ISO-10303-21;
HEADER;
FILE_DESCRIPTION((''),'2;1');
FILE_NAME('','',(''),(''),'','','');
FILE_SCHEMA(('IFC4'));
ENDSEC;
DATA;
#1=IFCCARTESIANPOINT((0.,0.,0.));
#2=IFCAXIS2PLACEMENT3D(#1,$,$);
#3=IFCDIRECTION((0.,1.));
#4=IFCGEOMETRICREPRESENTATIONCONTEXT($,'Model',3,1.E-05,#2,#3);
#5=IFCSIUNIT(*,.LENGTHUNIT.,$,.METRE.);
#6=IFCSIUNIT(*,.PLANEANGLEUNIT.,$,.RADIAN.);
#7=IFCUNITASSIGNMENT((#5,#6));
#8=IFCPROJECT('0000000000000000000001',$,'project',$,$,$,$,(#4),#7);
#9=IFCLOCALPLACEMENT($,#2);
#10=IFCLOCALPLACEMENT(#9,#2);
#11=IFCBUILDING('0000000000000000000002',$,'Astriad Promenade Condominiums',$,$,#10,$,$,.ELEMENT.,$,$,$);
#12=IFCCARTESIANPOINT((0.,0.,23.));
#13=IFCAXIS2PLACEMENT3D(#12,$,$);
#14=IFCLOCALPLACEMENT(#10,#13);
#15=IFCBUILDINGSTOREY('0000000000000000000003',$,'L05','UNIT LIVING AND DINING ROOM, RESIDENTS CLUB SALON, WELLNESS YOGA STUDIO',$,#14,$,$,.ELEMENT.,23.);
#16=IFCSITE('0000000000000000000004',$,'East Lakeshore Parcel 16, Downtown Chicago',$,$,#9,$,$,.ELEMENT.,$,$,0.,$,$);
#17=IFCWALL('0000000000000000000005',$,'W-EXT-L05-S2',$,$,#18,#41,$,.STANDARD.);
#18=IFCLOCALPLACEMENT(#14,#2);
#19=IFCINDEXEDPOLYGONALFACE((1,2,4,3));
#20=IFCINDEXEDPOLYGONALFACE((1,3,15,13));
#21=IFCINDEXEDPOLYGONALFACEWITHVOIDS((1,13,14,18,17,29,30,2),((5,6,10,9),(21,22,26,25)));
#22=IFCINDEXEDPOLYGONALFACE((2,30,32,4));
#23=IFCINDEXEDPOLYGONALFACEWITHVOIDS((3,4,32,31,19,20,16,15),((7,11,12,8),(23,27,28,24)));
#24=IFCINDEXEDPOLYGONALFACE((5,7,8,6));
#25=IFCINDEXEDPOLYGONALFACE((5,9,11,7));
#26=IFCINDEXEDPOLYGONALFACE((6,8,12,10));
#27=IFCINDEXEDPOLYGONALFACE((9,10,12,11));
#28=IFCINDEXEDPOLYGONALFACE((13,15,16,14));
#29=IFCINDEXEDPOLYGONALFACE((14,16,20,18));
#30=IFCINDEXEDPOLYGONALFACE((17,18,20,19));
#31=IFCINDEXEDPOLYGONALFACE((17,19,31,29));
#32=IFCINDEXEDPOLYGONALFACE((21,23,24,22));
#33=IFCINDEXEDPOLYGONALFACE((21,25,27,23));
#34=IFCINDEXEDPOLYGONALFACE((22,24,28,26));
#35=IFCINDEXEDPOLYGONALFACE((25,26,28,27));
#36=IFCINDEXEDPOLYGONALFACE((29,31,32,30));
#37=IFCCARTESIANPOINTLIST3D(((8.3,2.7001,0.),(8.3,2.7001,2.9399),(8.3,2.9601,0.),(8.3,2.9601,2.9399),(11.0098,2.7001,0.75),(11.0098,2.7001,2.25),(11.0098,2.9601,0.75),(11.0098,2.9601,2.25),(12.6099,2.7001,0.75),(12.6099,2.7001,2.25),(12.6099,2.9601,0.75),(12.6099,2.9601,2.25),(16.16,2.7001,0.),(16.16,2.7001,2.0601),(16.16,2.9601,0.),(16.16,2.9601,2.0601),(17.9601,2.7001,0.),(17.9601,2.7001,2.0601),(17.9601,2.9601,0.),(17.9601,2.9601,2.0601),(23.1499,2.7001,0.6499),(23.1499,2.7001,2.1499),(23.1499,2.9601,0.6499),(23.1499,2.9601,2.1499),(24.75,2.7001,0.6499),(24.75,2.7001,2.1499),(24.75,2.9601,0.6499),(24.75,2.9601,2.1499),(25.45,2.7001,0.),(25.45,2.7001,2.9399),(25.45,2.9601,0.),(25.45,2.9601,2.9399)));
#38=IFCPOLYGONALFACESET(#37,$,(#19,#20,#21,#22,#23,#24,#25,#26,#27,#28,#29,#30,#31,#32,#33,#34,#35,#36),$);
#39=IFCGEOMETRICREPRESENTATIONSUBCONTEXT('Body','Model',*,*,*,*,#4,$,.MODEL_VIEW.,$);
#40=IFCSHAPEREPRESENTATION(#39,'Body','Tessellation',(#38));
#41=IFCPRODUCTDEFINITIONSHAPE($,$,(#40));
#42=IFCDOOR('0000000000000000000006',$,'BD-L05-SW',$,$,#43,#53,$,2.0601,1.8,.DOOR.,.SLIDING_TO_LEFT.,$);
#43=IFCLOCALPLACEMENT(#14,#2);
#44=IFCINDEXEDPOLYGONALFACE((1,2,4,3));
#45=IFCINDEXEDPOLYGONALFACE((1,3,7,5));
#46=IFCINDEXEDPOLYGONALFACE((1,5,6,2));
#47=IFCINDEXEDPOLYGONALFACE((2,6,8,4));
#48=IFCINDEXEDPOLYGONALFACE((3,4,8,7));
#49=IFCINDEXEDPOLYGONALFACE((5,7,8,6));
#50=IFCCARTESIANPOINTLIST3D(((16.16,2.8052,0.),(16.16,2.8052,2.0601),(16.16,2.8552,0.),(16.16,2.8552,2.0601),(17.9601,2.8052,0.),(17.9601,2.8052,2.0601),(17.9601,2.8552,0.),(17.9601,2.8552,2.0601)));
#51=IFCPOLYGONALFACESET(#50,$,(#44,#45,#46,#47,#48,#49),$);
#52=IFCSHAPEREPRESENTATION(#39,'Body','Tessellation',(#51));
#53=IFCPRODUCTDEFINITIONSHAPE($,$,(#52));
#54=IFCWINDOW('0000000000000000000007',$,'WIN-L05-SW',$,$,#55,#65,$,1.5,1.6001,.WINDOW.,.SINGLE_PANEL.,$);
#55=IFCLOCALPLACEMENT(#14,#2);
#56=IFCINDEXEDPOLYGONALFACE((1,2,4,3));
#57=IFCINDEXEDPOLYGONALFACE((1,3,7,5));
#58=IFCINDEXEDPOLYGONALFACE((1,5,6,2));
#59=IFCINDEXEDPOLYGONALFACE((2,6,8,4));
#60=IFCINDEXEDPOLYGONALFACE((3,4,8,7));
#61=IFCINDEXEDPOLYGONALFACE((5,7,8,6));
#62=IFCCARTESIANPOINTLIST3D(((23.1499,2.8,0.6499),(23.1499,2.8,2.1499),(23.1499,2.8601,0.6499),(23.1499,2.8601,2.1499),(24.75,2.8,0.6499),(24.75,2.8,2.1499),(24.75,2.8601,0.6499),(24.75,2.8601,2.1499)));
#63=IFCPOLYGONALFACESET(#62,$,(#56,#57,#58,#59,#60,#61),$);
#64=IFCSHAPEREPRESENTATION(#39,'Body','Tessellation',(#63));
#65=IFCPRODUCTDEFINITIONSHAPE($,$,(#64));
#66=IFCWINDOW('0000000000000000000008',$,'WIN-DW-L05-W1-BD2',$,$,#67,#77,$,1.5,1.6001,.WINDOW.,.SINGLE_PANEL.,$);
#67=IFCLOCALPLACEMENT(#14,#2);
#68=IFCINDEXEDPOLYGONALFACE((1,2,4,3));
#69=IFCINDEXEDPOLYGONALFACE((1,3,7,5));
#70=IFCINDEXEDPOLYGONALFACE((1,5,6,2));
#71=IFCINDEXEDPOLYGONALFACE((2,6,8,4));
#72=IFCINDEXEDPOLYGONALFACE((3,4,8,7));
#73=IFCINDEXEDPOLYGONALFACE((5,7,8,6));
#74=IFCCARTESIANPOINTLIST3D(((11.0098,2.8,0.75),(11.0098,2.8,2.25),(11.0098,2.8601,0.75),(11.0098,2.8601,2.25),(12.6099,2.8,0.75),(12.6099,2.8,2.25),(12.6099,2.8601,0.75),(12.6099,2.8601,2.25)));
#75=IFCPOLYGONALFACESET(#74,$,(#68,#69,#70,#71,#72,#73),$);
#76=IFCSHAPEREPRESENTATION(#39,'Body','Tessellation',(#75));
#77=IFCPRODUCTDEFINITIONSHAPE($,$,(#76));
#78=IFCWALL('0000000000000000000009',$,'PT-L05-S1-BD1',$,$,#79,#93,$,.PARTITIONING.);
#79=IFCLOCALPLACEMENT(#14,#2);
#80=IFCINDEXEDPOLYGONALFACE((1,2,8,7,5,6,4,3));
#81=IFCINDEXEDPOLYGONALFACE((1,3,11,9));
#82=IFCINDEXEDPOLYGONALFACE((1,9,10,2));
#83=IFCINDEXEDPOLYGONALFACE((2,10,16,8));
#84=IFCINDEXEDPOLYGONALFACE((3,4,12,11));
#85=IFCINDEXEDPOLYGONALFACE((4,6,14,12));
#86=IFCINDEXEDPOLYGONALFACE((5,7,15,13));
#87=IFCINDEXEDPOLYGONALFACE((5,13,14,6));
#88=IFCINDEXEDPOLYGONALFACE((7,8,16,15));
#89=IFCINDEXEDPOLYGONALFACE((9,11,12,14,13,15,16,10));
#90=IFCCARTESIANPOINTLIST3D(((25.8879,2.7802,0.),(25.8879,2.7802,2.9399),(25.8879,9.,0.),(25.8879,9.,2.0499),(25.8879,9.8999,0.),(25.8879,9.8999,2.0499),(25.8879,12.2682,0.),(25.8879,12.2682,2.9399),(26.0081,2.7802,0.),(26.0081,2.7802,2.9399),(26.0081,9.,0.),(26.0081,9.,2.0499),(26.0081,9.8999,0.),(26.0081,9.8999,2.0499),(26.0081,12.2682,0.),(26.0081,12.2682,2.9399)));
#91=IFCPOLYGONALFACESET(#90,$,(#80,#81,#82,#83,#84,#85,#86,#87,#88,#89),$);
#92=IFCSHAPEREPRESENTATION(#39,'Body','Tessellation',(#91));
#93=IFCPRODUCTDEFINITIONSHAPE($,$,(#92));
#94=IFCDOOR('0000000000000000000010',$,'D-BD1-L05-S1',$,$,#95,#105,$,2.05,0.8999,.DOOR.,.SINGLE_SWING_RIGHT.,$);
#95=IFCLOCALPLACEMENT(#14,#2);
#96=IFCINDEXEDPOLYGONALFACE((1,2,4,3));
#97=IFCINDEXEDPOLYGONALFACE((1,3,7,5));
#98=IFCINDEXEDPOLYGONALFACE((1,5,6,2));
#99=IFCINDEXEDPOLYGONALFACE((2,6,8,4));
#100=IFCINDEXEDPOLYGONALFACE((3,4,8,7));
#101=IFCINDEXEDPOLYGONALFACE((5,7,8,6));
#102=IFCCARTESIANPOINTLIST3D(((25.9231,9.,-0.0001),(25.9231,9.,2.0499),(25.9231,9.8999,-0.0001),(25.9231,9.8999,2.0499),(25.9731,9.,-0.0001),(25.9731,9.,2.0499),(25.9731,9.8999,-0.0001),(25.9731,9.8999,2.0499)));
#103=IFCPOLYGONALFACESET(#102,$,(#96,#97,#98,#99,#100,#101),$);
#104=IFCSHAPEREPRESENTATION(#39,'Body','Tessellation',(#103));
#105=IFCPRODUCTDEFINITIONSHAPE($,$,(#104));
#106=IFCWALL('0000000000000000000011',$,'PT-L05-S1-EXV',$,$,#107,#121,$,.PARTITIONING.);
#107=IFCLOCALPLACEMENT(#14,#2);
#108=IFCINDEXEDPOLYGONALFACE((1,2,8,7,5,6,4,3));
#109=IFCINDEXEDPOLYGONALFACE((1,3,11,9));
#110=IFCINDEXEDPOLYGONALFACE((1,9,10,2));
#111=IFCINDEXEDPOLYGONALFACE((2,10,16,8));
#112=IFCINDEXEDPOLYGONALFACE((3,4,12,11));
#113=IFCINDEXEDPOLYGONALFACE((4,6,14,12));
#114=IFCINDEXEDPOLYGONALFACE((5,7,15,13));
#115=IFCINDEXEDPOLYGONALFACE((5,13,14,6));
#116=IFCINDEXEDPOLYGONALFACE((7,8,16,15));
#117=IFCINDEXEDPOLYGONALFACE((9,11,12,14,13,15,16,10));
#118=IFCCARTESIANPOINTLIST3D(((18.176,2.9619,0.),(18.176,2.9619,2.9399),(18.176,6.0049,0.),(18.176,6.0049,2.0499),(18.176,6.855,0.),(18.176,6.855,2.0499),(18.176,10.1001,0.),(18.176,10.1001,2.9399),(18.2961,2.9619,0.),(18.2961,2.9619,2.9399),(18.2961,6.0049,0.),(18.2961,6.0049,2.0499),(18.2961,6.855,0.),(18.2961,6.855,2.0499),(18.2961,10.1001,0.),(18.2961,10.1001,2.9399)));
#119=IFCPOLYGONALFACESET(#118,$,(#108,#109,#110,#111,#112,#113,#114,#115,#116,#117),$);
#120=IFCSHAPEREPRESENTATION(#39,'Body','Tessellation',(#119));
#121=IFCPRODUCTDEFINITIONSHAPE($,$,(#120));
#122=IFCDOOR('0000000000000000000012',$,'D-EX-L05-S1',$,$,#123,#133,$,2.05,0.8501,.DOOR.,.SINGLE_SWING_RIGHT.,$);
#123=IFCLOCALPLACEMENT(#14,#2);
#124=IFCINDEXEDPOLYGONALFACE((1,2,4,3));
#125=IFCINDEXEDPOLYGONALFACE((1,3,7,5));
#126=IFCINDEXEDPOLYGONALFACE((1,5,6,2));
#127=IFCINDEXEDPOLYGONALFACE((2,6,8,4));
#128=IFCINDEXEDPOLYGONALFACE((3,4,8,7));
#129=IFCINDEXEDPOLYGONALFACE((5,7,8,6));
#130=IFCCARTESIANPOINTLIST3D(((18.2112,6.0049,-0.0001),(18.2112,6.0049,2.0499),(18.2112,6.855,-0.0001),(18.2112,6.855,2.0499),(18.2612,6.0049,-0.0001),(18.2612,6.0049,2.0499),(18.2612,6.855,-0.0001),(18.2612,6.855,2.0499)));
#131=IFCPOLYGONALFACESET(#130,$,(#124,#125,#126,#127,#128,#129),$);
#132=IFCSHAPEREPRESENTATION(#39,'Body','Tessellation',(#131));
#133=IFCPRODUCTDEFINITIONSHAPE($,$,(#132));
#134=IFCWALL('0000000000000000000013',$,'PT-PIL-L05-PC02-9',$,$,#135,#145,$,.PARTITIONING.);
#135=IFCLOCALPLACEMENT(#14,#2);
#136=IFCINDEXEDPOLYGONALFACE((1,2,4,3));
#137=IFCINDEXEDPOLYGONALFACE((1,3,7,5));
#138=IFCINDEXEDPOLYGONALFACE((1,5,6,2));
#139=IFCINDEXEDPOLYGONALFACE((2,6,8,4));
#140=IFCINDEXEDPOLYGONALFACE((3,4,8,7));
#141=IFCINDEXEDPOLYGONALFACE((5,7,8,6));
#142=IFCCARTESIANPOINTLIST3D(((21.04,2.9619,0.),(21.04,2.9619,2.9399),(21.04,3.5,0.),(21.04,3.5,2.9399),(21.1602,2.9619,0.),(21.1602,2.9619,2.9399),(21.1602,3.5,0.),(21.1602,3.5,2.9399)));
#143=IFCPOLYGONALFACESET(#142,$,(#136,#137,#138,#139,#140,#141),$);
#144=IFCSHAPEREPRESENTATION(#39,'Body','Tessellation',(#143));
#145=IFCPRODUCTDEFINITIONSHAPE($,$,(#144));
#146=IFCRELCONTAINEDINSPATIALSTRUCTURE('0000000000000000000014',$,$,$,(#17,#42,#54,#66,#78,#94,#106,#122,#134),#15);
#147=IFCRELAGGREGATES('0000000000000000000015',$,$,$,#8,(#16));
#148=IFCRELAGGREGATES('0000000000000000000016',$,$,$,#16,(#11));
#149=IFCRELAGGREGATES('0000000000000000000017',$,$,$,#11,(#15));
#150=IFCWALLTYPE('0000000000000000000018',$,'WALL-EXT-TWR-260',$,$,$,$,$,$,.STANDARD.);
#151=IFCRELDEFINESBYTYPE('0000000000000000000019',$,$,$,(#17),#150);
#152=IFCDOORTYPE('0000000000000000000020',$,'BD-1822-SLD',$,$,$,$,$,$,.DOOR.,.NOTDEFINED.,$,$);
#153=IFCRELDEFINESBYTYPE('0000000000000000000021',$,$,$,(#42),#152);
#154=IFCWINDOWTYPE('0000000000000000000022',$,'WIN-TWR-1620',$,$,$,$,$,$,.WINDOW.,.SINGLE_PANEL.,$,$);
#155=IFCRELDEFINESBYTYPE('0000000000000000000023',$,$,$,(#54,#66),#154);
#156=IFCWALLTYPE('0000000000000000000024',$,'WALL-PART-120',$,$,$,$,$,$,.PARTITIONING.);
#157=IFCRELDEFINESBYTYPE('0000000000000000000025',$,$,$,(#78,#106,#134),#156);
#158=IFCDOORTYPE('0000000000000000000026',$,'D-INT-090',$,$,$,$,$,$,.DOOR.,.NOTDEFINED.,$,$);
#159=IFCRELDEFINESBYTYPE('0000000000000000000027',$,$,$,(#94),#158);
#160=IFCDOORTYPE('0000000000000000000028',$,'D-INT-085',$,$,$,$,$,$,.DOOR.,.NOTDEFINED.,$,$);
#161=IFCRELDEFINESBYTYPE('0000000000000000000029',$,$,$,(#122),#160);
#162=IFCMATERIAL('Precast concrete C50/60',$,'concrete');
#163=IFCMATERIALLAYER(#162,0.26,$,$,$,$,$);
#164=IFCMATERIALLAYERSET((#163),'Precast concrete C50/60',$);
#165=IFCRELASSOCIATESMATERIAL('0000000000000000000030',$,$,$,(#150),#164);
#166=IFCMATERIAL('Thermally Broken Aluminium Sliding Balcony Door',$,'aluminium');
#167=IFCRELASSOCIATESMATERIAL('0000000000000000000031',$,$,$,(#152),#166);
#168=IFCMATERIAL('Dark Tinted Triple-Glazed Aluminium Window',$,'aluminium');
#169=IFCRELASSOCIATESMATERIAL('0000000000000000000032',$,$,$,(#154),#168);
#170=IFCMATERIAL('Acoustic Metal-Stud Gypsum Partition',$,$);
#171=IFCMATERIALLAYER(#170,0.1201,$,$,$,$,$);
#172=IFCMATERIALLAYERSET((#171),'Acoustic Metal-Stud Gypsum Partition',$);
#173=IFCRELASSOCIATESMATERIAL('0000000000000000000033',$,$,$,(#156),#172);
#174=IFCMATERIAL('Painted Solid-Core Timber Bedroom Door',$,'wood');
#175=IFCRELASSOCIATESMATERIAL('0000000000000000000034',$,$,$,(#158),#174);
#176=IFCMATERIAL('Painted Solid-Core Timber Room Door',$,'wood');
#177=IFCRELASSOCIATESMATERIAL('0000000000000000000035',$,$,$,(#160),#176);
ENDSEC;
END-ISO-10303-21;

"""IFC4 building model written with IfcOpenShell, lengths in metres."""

from ifc_helpers import new_model, si_unit, direction, frame, frame_2d, origin, place, context, subcontext, project, spatial, rectangle, extrude, source, transform, mapped, material, layer, layer_set, type_object, type_shapes, element, fill, save


model = new_model("IFC4")

# Units and contexts
model_context = context("Model", 3, precision=1e-05, world=origin(), true_north=direction((0.0, 1.0)))
body_context = subcontext(model_context, "Body", "Model", "MODEL_VIEW")
ifc_project = project(units=[si_unit("LENGTHUNIT", "METRE"), si_unit("PLANEANGLEUNIT", "RADIAN")], contexts=[model_context])

# Site, building, storey
site_placement = place(None, origin())
site = spatial("IfcSite", under=ifc_project, at=site_placement, Name="East Lakeshore Parcel 16, Downtown Chicago", CompositionType="ELEMENT", RefElevation=0.0)
building_placement = place(site_placement, origin())
building = spatial("IfcBuilding", under=site, at=building_placement, Name="Astriad Promenade Condominiums", CompositionType="ELEMENT")
storey_placement = place(building_placement, frame((0.0, 0.0, 23.0)))
storey = spatial("IfcBuildingStorey", under=building, at=storey_placement, Name="L05", Description="UNIT LIVING AND DINING ROOM, RESIDENTS CLUB SALON, WELLNESS YOGA STUDIO", CompositionType="ELEMENT", Elevation=23.0)

# Wall, openings, door, windows
ifc_material_1 = material(Name="Precast concrete C50/60", Category="concrete")
ifc_layer_1 = layer(ifc_material_1, 0.26)
ifc_layer_set_1 = layer_set([ifc_layer_1], Name="Precast concrete C50/60")
wall_type_1 = type_object("IfcWallType", Name="WALL-EXT-TWR-260", PredefinedType="STANDARD", material=ifc_layer_set_1)
wall_1_placement = place(storey_placement, frame((25.45, 2.8301, 0.0), z_axis=(0.0, 0.0, 1.0), x_axis=(-1.0, 0.0, 0.0)))
wall_1 = element("IfcWall", 1, at=wall_1_placement, inside=storey, type_object=wall_type_1, Name="W-EXT-L05-S2", PredefinedType="STANDARD", context=body_context, shape_type="SweptSolid", body=[
    extrude(rectangle(XDim=17.1499, YDim=0.26, at=frame_2d((8.575, 0.0))), origin(), (0.0, 0.0, 1.0), 2.9399),
])
opening_1_placement = place(wall_1_placement, frame((7.49, 0.0, 0.0)))
opening_1 = element("IfcOpeningElement", 2, at=opening_1_placement, cuts=wall_1, PredefinedType="OPENING", context=body_context, shape_type="SweptSolid", body=[
    extrude(rectangle(XDim=1.8, YDim=2.0601, at=frame_2d((0.8999, 1.03))), frame((0.0, 0.1399, 0.0), z_axis=(0.0, -1.0, 0.0), x_axis=(1.0, 0.0, 0.0)), (0.0, 0.0, 1.0), 0.28),
])
opening_2_placement = place(wall_1_placement, frame((0.7, 0.0, 0.6499)))
opening_2 = element("IfcOpeningElement", 3, at=opening_2_placement, cuts=wall_1, PredefinedType="OPENING", context=body_context, shape_type="SweptSolid", body=[
    extrude(rectangle(XDim=1.6001, YDim=1.5, at=frame_2d((0.8, 0.75))), frame((0.0, 0.1399, 0.0), z_axis=(0.0, -1.0, 0.0), x_axis=(1.0, 0.0, 0.0)), (0.0, 0.0, 1.0), 0.28),
])
opening_3_placement = place(wall_1_placement, frame((12.8401, 0.0, 0.75)))
opening_3 = element("IfcOpeningElement", 4, at=opening_3_placement, cuts=wall_1, PredefinedType="OPENING", context=body_context, shape_type="SweptSolid", body=[
    extrude(rectangle(XDim=1.6001, YDim=1.5, at=frame_2d((0.8, 0.75))), frame((0.0, 0.1399, 0.0), z_axis=(0.0, -1.0, 0.0), x_axis=(1.0, 0.0, 0.0)), (0.0, 0.0, 1.0), 0.28),
])
ifc_material_2 = material(Name="Thermally Broken Aluminium Sliding Balcony Door", Category="aluminium")
door_type_1 = type_object("IfcDoorType", Name="BD-1822-SLD", OperationType="NOTDEFINED", PredefinedType="DOOR", material=ifc_material_2)
shared_shape_1 = source(origin(), body_context, "Body", "SweptSolid", [
    extrude(rectangle(XDim=1.8, YDim=2.0601, at=frame_2d((0.8999, 1.03))), frame((0.0, 0.0249, 0.0), z_axis=(0.0, -1.0, 0.0), x_axis=(1.0, 0.0, 0.0)), (0.0, 0.0, 1.0), 0.05),
])
type_shapes(door_type_1, [shared_shape_1])
door_1_placement = place(opening_1_placement, origin())
door_1 = element("IfcDoor", 5, at=door_1_placement, inside=storey, type_object=door_type_1, Name="BD-L05-SW", OperationType="SLIDING_TO_LEFT", OverallHeight=2.0601, OverallWidth=1.8, PredefinedType="DOOR", context=body_context, shape_type="MappedRepresentation", body=[
    mapped(shared_shape_1, transform((0.0, 0.0, 0.0), scale=1.0)),
])
fill(opening_1, door_1)
ifc_material_3 = material(Name="Dark Tinted Triple-Glazed Aluminium Window", Category="aluminium")
window_type = type_object("IfcWindowType", Name="WIN-TWR-1620", PartitioningType="SINGLE_PANEL", PredefinedType="WINDOW", material=ifc_material_3)
shared_shape_2 = source(origin(), body_context, "Body", "SweptSolid", [
    extrude(rectangle(XDim=1.6001, YDim=1.5, at=frame_2d((0.8, 0.75))), frame((0.0, 0.03, 0.0), z_axis=(0.0, -1.0, 0.0), x_axis=(1.0, 0.0, 0.0)), (0.0, 0.0, 1.0), 0.0601),
])
type_shapes(window_type, [shared_shape_2])
window_1_placement = place(opening_2_placement, origin())
window_1 = element("IfcWindow", 6, at=window_1_placement, inside=storey, type_object=window_type, Name="WIN-L05-SW", OverallHeight=1.5, OverallWidth=1.6001, PartitioningType="SINGLE_PANEL", PredefinedType="WINDOW", context=body_context, shape_type="MappedRepresentation", body=[
    mapped(shared_shape_2, transform((0.0, 0.0, 0.0), scale=1.0)),
])
fill(opening_2, window_1)
window_2_placement = place(opening_3_placement, origin())
window_2 = element("IfcWindow", 7, at=window_2_placement, inside=storey, type_object=window_type, Name="WIN-DW-L05-W1-BD2", OverallHeight=1.5, OverallWidth=1.6001, PartitioningType="SINGLE_PANEL", PredefinedType="WINDOW", context=body_context, shape_type="MappedRepresentation", body=[
    mapped(shared_shape_2, transform((0.0, 0.0, 0.0), scale=1.0)),
])
fill(opening_3, window_2)

# Walls, openings, doors
ifc_material_4 = material(Name="Acoustic Metal-Stud Gypsum Partition")
ifc_layer_2 = layer(ifc_material_4, 0.1201)
ifc_layer_set_2 = layer_set([ifc_layer_2], Name="Acoustic Metal-Stud Gypsum Partition")
wall_type_2 = type_object("IfcWallType", Name="WALL-PART-120", PredefinedType="PARTITIONING", material=ifc_layer_set_2)
wall_2_placement = place(storey_placement, frame((25.948, 2.78, 0.0), z_axis=(0.0, 0.0, 1.0), x_axis=(0.0, 1.0, 0.0)))
wall_2 = element("IfcWall", 8, at=wall_2_placement, inside=storey, type_object=wall_type_2, Name="PT-L05-S1-BD1", PredefinedType="PARTITIONING", context=body_context, shape_type="SweptSolid", body=[
    extrude(rectangle(XDim=9.488, YDim=0.1201, at=frame_2d((4.7441, 0.0))), origin(), (0.0, 0.0, 1.0), 2.9399),
])
opening_4_placement = place(wall_2_placement, frame((6.22, 0.0, 0.0)))
opening_4 = element("IfcOpeningElement", 9, at=opening_4_placement, cuts=wall_2, PredefinedType="OPENING", context=body_context, shape_type="SweptSolid", body=[
    extrude(rectangle(XDim=0.8999, YDim=2.05, at=frame_2d((0.45, 1.0249))), frame((0.0, 0.0701, 0.0), z_axis=(0.0, -1.0, 0.0), x_axis=(1.0, 0.0, 0.0)), (0.0, 0.0, 1.0), 0.1401),
])
ifc_material_5 = material(Name="Painted Solid-Core Timber Bedroom Door", Category="wood")
door_type_2 = type_object("IfcDoorType", Name="D-INT-090", OperationType="NOTDEFINED", PredefinedType="DOOR", material=ifc_material_5)
shared_shape_3 = source(origin(), body_context, "Body", "SweptSolid", [
    extrude(rectangle(XDim=0.8999, YDim=2.05, at=frame_2d((0.45, 1.0249))), frame((0.0, 0.0249, 0.0), z_axis=(0.0, -1.0, 0.0), x_axis=(1.0, 0.0, 0.0)), (0.0, 0.0, 1.0), 0.05),
])
type_shapes(door_type_2, [shared_shape_3])
door_2_placement = place(opening_4_placement, origin())
door_2 = element("IfcDoor", 10, at=door_2_placement, inside=storey, type_object=door_type_2, Name="D-BD1-L05-S1", OperationType="SINGLE_SWING_RIGHT", OverallHeight=2.05, OverallWidth=0.8999, PredefinedType="DOOR", context=body_context, shape_type="MappedRepresentation", body=[
    mapped(shared_shape_3, transform((0.0, 0.0, 0.0), scale=1.0)),
])
fill(opening_4, door_2)
wall_3_placement = place(storey_placement, frame((18.2361, 2.9619, 0.0), z_axis=(0.0, 0.0, 1.0), x_axis=(0.0, 1.0, 0.0)))
wall_3 = element("IfcWall", 11, at=wall_3_placement, inside=storey, type_object=wall_type_2, Name="PT-L05-S1-EXV", PredefinedType="PARTITIONING", context=body_context, shape_type="SweptSolid", body=[
    extrude(rectangle(XDim=7.1382, YDim=0.1201, at=frame_2d((3.5691, 0.0))), origin(), (0.0, 0.0, 1.0), 2.9399),
])
opening_5_placement = place(wall_3_placement, frame((3.043, 0.0, 0.0)))
opening_5 = element("IfcOpeningElement", 12, at=opening_5_placement, cuts=wall_3, PredefinedType="OPENING", context=body_context, shape_type="SweptSolid", body=[
    extrude(rectangle(XDim=0.8501, YDim=2.05, at=frame_2d((0.425, 1.0249))), frame((0.0, 0.0701, 0.0), z_axis=(0.0, -1.0, 0.0), x_axis=(1.0, 0.0, 0.0)), (0.0, 0.0, 1.0), 0.1401),
])
ifc_material_6 = material(Name="Painted Solid-Core Timber Room Door", Category="wood")
door_type_3 = type_object("IfcDoorType", Name="D-INT-085", OperationType="NOTDEFINED", PredefinedType="DOOR", material=ifc_material_6)
shared_shape_4 = source(origin(), body_context, "Body", "SweptSolid", [
    extrude(rectangle(XDim=0.8501, YDim=2.05, at=frame_2d((0.425, 1.0249))), frame((0.0, 0.0249, 0.0), z_axis=(0.0, -1.0, 0.0), x_axis=(1.0, 0.0, 0.0)), (0.0, 0.0, 1.0), 0.05),
])
type_shapes(door_type_3, [shared_shape_4])
door_3_placement = place(opening_5_placement, origin())
door_3 = element("IfcDoor", 13, at=door_3_placement, inside=storey, type_object=door_type_3, Name="D-EX-L05-S1", OperationType="SINGLE_SWING_RIGHT", OverallHeight=2.05, OverallWidth=0.8501, PredefinedType="DOOR", context=body_context, shape_type="MappedRepresentation", body=[
    mapped(shared_shape_4, transform((0.0, 0.0, 0.0), scale=1.0)),
])
fill(opening_5, door_3)

# Wall
wall_4_placement = place(storey_placement, frame((21.1001, 3.5, 0.0), z_axis=(0.0, 0.0, 1.0), x_axis=(0.0, -1.0, 0.0)))
element("IfcWall", 14, at=wall_4_placement, inside=storey, type_object=wall_type_2, Name="PT-PIL-L05-PC02-9", PredefinedType="PARTITIONING", context=body_context, shape_type="SweptSolid", body=[
    extrude(rectangle(XDim=0.5381, YDim=0.1201, at=frame_2d((0.269, 0.0))), origin(), (0.0, 0.0, 1.0), 2.9399),
])

save(model, "model.ifc")
